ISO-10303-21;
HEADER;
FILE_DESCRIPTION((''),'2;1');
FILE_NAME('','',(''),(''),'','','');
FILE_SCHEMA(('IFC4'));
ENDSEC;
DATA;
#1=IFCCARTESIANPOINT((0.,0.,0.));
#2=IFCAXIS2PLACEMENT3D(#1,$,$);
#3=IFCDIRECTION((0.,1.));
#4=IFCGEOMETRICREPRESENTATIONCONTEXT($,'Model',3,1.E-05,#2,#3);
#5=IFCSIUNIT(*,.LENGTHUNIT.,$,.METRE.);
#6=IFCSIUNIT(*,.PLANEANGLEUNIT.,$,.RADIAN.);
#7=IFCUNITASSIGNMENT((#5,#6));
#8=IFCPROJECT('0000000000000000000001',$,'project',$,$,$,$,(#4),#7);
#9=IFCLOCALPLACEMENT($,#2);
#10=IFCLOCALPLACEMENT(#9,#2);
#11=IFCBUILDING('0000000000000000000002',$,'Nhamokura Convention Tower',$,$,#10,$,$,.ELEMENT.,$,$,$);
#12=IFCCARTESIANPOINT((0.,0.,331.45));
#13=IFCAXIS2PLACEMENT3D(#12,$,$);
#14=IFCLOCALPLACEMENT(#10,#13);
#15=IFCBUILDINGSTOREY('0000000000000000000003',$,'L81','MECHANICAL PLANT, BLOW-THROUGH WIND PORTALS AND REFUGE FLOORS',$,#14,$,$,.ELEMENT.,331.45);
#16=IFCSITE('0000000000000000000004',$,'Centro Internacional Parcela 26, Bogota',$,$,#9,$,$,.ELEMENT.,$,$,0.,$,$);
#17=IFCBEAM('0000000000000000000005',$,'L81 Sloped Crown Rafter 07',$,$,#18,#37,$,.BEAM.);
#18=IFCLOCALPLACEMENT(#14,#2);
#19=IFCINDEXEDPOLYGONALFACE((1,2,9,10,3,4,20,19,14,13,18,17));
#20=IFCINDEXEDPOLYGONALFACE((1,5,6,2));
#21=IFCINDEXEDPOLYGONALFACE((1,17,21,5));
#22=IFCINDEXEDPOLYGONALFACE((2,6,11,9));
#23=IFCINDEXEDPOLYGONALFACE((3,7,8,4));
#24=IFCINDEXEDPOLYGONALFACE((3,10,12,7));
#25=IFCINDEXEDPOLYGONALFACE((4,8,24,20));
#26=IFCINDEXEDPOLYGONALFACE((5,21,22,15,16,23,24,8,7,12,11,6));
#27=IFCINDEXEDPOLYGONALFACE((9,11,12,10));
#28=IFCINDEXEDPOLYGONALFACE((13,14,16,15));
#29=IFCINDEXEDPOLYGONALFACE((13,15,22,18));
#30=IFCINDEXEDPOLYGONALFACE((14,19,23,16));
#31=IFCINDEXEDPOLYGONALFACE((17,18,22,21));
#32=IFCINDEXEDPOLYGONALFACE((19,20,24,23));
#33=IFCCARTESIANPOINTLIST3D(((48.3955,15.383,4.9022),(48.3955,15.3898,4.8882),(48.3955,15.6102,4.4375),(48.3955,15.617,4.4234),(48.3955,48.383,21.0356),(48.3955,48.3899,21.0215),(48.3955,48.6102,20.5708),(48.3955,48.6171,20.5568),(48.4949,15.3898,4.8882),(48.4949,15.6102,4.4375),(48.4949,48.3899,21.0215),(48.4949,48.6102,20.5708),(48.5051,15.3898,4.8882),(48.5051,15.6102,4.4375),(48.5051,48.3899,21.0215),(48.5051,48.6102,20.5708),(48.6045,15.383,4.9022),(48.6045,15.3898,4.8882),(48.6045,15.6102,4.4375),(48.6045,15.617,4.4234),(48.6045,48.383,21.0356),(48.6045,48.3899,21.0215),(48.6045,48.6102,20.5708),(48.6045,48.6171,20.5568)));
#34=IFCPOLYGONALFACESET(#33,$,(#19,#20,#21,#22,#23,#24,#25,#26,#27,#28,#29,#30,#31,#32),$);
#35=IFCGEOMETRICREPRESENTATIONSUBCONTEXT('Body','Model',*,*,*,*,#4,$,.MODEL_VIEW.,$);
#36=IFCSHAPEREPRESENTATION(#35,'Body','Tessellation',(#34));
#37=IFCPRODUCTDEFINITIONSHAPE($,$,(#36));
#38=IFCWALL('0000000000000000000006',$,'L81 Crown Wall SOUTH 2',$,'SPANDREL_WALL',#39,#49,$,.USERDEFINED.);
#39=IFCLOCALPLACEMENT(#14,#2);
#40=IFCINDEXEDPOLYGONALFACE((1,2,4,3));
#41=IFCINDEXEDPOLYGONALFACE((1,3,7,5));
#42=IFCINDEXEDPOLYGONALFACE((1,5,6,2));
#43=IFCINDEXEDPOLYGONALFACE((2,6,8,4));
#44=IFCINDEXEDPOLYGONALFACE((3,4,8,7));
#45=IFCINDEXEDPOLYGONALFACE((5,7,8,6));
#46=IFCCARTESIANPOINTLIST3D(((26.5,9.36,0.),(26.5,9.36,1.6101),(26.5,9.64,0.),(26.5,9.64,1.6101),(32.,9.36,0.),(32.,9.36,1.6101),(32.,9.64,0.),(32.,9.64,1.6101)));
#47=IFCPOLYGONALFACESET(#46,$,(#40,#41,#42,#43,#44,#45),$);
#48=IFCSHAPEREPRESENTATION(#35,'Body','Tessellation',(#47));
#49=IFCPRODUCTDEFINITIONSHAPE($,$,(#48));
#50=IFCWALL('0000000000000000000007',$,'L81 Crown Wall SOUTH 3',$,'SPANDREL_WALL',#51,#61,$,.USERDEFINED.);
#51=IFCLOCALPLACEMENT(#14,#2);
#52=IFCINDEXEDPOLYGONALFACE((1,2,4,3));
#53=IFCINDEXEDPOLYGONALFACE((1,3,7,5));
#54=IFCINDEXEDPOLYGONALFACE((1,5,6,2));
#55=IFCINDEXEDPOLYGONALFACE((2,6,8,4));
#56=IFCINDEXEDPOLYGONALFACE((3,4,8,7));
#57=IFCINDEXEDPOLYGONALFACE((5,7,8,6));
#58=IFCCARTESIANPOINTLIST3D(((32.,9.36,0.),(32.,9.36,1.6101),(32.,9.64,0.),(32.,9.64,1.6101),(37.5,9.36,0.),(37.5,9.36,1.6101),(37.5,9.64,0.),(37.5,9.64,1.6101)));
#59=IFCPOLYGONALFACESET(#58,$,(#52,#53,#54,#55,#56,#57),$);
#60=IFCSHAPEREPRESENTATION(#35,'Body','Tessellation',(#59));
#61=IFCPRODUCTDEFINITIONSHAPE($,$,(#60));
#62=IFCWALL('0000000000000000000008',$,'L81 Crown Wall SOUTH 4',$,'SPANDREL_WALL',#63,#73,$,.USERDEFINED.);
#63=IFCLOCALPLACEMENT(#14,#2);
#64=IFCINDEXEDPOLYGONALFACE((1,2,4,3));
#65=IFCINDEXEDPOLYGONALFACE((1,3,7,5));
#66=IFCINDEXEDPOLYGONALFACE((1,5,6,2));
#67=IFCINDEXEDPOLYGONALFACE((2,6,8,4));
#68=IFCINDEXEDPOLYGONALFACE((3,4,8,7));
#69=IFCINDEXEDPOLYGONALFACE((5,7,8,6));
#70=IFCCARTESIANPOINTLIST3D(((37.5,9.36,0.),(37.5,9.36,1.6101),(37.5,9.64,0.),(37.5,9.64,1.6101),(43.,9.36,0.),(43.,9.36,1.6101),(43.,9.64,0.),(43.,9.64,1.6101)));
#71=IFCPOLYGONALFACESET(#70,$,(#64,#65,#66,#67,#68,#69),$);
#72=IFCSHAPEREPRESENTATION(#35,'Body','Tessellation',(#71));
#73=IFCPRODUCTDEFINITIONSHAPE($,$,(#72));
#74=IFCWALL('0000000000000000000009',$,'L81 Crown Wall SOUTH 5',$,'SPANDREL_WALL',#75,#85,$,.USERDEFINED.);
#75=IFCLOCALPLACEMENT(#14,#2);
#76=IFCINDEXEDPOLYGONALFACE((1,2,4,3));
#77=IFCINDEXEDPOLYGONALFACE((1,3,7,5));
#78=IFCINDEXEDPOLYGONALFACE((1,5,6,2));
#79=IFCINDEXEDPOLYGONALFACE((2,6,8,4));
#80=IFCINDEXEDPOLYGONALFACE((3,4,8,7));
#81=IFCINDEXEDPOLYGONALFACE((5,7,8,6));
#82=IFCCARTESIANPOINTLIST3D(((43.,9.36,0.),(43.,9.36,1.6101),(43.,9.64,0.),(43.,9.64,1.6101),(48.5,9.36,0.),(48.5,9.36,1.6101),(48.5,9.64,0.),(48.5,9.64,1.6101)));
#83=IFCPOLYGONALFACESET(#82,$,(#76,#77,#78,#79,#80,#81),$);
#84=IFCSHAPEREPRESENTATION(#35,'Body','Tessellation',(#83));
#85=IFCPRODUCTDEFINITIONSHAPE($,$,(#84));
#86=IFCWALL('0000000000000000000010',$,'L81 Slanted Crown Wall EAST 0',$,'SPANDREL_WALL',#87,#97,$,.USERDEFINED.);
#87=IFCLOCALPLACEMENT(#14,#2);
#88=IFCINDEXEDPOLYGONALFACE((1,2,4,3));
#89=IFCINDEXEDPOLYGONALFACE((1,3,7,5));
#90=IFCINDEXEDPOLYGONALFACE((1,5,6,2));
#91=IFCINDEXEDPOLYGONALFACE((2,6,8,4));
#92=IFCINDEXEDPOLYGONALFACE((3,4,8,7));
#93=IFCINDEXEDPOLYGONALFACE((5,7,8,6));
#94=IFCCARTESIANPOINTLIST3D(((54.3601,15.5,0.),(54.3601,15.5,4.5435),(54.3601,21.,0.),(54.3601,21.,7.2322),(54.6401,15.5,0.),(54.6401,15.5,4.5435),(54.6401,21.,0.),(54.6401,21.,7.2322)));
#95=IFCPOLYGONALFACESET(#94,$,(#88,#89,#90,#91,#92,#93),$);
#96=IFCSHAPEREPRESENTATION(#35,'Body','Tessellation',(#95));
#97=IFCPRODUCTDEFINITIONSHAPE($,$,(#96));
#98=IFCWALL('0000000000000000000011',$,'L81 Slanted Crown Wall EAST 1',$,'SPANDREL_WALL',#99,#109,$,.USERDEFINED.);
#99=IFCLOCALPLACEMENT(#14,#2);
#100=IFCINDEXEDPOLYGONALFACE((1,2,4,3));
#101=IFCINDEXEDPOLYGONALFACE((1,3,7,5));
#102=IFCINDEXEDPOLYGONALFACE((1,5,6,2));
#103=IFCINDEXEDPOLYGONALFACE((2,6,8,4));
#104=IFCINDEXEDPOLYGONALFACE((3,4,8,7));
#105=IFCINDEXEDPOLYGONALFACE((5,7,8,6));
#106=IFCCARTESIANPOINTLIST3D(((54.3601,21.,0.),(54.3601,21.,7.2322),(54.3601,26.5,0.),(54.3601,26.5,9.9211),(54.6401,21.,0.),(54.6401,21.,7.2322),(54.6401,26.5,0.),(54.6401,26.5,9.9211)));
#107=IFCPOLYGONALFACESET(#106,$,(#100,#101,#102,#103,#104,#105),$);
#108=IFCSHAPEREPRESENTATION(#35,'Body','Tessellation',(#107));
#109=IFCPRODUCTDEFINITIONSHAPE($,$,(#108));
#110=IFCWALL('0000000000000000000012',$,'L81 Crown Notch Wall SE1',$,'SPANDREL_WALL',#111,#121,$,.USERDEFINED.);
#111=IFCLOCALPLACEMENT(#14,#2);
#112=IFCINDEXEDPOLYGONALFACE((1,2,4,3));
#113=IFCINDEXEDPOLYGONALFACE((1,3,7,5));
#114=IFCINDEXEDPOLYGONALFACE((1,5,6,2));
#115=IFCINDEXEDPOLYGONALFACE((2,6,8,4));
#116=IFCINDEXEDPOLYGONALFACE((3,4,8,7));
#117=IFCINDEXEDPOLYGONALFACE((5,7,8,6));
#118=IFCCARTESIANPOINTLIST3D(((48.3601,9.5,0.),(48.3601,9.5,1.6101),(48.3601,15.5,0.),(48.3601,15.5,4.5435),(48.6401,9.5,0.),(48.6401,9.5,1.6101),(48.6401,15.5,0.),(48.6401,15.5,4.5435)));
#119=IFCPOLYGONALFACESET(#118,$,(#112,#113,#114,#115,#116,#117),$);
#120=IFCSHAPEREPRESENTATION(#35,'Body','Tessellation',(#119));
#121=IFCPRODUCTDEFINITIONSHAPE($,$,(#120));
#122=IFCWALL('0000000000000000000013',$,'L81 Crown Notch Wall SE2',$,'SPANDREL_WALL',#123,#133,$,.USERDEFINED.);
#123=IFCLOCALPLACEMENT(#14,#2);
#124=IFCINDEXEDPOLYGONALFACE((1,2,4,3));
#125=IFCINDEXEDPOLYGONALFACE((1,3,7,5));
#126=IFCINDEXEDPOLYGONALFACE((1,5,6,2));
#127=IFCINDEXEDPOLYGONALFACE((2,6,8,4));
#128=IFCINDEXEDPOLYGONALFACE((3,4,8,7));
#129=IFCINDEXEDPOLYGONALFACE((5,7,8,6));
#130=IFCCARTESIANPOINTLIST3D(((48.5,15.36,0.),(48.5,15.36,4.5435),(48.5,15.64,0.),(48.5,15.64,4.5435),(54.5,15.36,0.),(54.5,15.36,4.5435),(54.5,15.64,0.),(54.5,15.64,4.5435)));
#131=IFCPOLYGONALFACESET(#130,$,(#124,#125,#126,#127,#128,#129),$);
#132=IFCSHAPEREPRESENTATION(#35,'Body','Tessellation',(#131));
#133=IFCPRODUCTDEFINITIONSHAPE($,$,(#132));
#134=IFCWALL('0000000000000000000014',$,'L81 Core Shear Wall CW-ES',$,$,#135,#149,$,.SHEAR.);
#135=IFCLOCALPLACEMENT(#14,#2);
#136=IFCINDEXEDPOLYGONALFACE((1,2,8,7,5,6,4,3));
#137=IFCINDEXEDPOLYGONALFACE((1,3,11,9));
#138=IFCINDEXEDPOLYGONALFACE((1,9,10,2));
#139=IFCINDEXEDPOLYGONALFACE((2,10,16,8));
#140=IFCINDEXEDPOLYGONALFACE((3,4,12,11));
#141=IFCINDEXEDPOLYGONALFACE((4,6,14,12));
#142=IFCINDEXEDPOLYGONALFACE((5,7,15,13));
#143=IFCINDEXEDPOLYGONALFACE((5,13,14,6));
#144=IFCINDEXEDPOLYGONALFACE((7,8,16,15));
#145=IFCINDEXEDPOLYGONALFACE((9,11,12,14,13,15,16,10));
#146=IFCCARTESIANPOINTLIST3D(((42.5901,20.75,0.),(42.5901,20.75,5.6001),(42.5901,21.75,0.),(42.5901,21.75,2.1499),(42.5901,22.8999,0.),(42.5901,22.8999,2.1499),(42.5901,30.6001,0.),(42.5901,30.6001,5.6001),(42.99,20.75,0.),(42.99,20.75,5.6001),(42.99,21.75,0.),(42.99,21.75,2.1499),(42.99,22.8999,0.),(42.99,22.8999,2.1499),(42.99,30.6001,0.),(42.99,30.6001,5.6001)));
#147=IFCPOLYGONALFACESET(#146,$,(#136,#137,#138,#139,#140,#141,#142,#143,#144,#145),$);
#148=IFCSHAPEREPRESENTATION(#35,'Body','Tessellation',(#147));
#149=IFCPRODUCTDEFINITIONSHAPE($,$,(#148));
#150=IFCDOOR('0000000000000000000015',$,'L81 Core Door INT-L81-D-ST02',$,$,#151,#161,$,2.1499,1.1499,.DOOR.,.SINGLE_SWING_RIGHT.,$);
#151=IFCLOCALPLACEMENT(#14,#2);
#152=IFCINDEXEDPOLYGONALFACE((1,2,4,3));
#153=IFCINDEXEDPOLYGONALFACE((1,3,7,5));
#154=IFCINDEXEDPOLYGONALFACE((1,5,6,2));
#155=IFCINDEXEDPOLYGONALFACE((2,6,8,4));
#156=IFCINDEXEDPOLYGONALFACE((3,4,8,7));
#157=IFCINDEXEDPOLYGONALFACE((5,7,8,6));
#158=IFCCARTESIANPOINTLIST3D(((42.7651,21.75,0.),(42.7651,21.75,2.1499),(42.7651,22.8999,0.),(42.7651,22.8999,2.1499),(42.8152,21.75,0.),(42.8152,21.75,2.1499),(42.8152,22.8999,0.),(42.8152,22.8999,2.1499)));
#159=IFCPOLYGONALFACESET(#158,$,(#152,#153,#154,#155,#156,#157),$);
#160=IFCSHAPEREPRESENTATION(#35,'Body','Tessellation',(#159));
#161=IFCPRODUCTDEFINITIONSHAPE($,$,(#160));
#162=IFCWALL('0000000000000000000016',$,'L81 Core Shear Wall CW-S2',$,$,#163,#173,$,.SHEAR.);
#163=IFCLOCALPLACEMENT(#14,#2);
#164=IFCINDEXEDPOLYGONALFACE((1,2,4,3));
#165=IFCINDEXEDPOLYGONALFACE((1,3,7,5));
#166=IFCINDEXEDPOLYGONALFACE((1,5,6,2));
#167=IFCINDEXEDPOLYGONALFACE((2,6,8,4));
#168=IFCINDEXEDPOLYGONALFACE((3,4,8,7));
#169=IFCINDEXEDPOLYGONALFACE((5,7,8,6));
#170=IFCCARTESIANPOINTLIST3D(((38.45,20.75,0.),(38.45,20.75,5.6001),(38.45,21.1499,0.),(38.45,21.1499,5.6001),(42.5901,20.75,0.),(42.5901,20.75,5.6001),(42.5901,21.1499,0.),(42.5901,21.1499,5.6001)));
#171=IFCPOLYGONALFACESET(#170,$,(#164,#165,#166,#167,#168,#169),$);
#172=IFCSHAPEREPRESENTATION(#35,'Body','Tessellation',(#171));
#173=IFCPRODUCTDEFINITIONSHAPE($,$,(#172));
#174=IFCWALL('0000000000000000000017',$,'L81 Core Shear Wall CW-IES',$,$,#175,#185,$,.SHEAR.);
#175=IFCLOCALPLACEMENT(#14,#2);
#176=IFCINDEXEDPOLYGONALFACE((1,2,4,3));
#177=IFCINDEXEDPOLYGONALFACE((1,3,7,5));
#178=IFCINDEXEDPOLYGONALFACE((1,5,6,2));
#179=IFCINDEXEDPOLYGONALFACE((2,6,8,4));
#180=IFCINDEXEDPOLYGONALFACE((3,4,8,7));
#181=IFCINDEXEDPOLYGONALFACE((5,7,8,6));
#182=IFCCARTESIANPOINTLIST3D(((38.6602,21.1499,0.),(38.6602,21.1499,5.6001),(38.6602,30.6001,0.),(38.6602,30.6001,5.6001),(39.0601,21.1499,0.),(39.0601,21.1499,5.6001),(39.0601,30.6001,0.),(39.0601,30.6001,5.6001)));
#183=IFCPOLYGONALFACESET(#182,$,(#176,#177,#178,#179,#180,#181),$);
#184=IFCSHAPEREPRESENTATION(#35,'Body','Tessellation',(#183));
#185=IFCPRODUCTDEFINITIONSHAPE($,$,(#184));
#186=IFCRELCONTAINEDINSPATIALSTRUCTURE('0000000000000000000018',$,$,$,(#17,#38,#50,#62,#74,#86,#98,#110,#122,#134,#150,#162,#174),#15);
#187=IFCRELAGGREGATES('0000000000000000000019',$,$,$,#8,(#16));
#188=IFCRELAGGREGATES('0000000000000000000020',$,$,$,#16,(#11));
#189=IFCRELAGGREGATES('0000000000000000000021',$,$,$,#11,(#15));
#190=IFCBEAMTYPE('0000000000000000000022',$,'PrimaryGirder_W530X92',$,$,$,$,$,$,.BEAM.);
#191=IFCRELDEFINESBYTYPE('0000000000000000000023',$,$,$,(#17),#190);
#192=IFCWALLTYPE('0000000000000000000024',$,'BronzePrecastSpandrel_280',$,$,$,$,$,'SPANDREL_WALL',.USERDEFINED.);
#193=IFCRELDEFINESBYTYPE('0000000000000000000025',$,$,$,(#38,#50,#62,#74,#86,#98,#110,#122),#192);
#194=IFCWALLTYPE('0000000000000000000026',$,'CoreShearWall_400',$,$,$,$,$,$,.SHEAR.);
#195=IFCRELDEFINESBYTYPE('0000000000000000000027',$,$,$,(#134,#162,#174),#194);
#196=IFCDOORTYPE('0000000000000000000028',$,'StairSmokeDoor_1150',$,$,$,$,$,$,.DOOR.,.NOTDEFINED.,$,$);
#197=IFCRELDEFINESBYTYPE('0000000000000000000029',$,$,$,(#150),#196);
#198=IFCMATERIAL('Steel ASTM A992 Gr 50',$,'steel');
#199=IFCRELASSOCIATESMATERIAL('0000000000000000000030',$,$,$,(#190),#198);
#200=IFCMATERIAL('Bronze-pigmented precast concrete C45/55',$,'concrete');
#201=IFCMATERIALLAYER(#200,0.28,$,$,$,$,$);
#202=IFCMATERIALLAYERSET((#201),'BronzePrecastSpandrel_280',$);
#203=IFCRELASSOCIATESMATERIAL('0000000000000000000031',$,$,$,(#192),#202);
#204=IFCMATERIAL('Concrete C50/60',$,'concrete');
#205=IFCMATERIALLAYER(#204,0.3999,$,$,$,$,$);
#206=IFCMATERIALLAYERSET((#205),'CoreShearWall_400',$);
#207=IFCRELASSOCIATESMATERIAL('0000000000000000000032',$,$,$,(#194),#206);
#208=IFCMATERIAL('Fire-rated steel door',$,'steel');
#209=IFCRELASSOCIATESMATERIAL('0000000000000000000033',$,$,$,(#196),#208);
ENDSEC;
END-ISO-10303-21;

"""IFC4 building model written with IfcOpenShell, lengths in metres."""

from ifc_helpers import new_model, si_unit, direction, frame, frame_2d, origin, origin_2d, place, context, subcontext, project, spatial, polyline, rectangle, i_section, outline, extrude, material, layer, layer_set, material_profile, profile_set, type_object, element, fill, save


model = new_model("IFC4")

# Units and contexts
model_context = context("Model", 3, precision=1e-05, world=origin(), true_north=direction((0.0, 1.0)))
body_context = subcontext(model_context, "Body", "Model", "MODEL_VIEW")
ifc_project = project(units=[si_unit("LENGTHUNIT", "METRE"), si_unit("PLANEANGLEUNIT", "RADIAN")], contexts=[model_context])

# Site, building, storey
site_placement = place(None, origin())
site = spatial("IfcSite", under=ifc_project, at=site_placement, Name="Centro Internacional Parcela 26, Bogota", CompositionType="ELEMENT", RefElevation=0.0)
building_placement = place(site_placement, origin())
building = spatial("IfcBuilding", under=site, at=building_placement, Name="Nhamokura Convention Tower", CompositionType="ELEMENT")
storey_placement = place(building_placement, frame((0.0, 0.0, 331.45)))
storey = spatial("IfcBuildingStorey", under=building, at=storey_placement, Name="L81", Description="MECHANICAL PLANT, BLOW-THROUGH WIND PORTALS AND REFUGE FLOORS", CompositionType="ELEMENT", Elevation=331.45)

# Beam
ifc_material_1 = material(Name="Steel ASTM A992 Gr 50", Category="steel")
ifc_material_profile_1 = material_profile(ifc_material_1, i_section(OverallWidth=0.209, OverallDepth=0.533, WebThickness=0.0103, FlangeThickness=0.0156, at=origin_2d()))
ifc_profile_set_1 = profile_set([ifc_material_profile_1], Name="Steel ASTM A992 Gr 50")
beam_type = type_object("IfcBeamType", Name="PrimaryGirder_W530X92", PredefinedType="BEAM", material=ifc_profile_set_1)
beam_placement = place(storey_placement, frame((48.5, 15.5, 4.6628), z_axis=(0.0, 0.898385, 0.439209), x_axis=(-1.0, 0.0, 0.0)))
element("IfcBeam", 1, at=beam_placement, inside=storey, type_object=beam_type, Name="L81 Sloped Crown Rafter 07", PredefinedType="BEAM", context=body_context, shape_type="SweptSolid", body=[
    extrude(i_section(OverallWidth=0.209, OverallDepth=0.533, WebThickness=0.0103, FlangeThickness=0.0156, at=origin_2d()), origin(), (0.0, 0.0, 1.0), 36.7327),
])

# Walls
ifc_material_2 = material(Name="Bronze-pigmented precast concrete C45/55", Category="concrete")
ifc_layer_1 = layer(ifc_material_2, 0.28)
ifc_layer_set_1 = layer_set([ifc_layer_1], Name="BronzePrecastSpandrel_280")
wall_type_1 = type_object("IfcWallType", Name="BronzePrecastSpandrel_280", ElementType="SPANDREL_WALL", PredefinedType="USERDEFINED", material=ifc_layer_set_1)
for number, where, z_axis, x_axis, name in (
    (2, (32.0, 9.5, 0.0), (0.0, 0.0, 1.0), (-1.0, 0.0, 0.0), "L81 Crown Wall SOUTH 2"),
    (3, (37.5, 9.5, 0.0), (0.0, 0.0, 1.0), (-1.0, 0.0, 0.0), "L81 Crown Wall SOUTH 3"),
    (4, (43.0, 9.5, 0.0), (0.0, 0.0, 1.0), (-1.0, 0.0, 0.0), "L81 Crown Wall SOUTH 4"),
    (5, (48.5, 9.5, 0.0), (0.0, 0.0, 1.0), (-1.0, 0.0, 0.0), "L81 Crown Wall SOUTH 5"),
):
    element("IfcWall", number, at=place(storey_placement, frame(where, z_axis=z_axis, x_axis=x_axis)), inside=storey, type_object=wall_type_1, Name=name, ObjectType="SPANDREL_WALL", PredefinedType="USERDEFINED", context=body_context, shape_type="SweptSolid", body=[
        extrude(rectangle(XDim=5.5, YDim=0.28, at=frame_2d((2.75, 0.0))), origin(), (0.0, 0.0, 1.0), 1.6101),
    ])
wall_1_placement = place(storey_placement, frame((54.5, 21.0, 0.0), z_axis=(0.0, 0.0, 1.0), x_axis=(0.0, -1.0, 0.0)))
element("IfcWall", 6, at=wall_1_placement, inside=storey, type_object=wall_type_1, Name="L81 Slanted Crown Wall EAST 0", ObjectType="SPANDREL_WALL", PredefinedType="USERDEFINED", context=body_context, shape_type="SweptSolid", body=[
    extrude(outline(polyline([(0.0, 0.0), (5.5, 0.0), (5.5, 4.5435), (0.0, 7.2322), (0.0, 0.0)])), frame((0.0, 0.1401, 0.0), z_axis=(0.0, -1.0, 0.0), x_axis=(1.0, 0.0, 0.0)), (0.0, 0.0, 1.0), 0.28),
])
wall_2_placement = place(storey_placement, frame((54.5, 26.5, 0.0), z_axis=(0.0, 0.0, 1.0), x_axis=(0.0, -1.0, 0.0)))
element("IfcWall", 7, at=wall_2_placement, inside=storey, type_object=wall_type_1, Name="L81 Slanted Crown Wall EAST 1", ObjectType="SPANDREL_WALL", PredefinedType="USERDEFINED", context=body_context, shape_type="SweptSolid", body=[
    extrude(outline(polyline([(0.0, 0.0), (5.5, 0.0), (5.5, 7.2322), (0.0, 9.9211), (0.0, 0.0)])), frame((0.0, 0.1401, 0.0), z_axis=(0.0, -1.0, 0.0), x_axis=(1.0, 0.0, 0.0)), (0.0, 0.0, 1.0), 0.28),
])
wall_3_placement = place(storey_placement, frame((48.5, 15.5, 0.0), z_axis=(0.0, 0.0, 1.0), x_axis=(0.0, -1.0, 0.0)))
element("IfcWall", 8, at=wall_3_placement, inside=storey, type_object=wall_type_1, Name="L81 Crown Notch Wall SE1", ObjectType="SPANDREL_WALL", PredefinedType="USERDEFINED", context=body_context, shape_type="SweptSolid", body=[
    extrude(outline(polyline([(0.0, 0.0), (6.0, 0.0), (6.0, 1.6101), (0.0, 4.5435), (0.0, 0.0)])), frame((0.0, 0.1401, 0.0), z_axis=(0.0, -1.0, 0.0), x_axis=(1.0, 0.0, 0.0)), (0.0, 0.0, 1.0), 0.28),
])
wall_4_placement = place(storey_placement, frame((54.5, 15.5, 0.0), z_axis=(0.0, 0.0, 1.0), x_axis=(-1.0, 0.0, 0.0)))
element("IfcWall", 9, at=wall_4_placement, inside=storey, type_object=wall_type_1, Name="L81 Crown Notch Wall SE2", ObjectType="SPANDREL_WALL", PredefinedType="USERDEFINED", context=body_context, shape_type="SweptSolid", body=[
    extrude(rectangle(XDim=6.0, YDim=0.28, at=frame_2d((3.0, 0.0))), origin(), (0.0, 0.0, 1.0), 4.5435),
])

# Wall, opening, door
ifc_material_3 = material(Name="Concrete C50/60", Category="concrete")
ifc_layer_2 = layer(ifc_material_3, 0.3999)
ifc_layer_set_2 = layer_set([ifc_layer_2], Name="CoreShearWall_400")
wall_type_2 = type_object("IfcWallType", Name="CoreShearWall_400", PredefinedType="SHEAR", material=ifc_layer_set_2)
wall_5_placement = place(storey_placement, frame((42.79, 20.75, 0.0), z_axis=(0.0, 0.0, 1.0), x_axis=(0.0, 1.0, 0.0)))
wall_5 = element("IfcWall", 10, at=wall_5_placement, inside=storey, type_object=wall_type_2, Name="L81 Core Shear Wall CW-ES", PredefinedType="SHEAR", context=body_context, shape_type="SweptSolid", body=[
    extrude(rectangle(XDim=9.8501, YDim=0.3999, at=frame_2d((4.925, 0.0))), origin(), (0.0, 0.0, 1.0), 5.6001),
])
opening_1_placement = place(wall_5_placement, frame((1.0, 0.0, 0.0)))
opening_1 = element("IfcOpeningElement", 11, at=opening_1_placement, cuts=wall_5, PredefinedType="OPENING", context=body_context, shape_type="SweptSolid", body=[
    extrude(rectangle(XDim=1.1499, YDim=2.1499, at=frame_2d((0.575, 1.075))), frame((0.0, 0.21, 0.0), z_axis=(0.0, -1.0, 0.0), x_axis=(1.0, 0.0, 0.0)), (0.0, 0.0, 1.0), 0.4199),
])
ifc_material_4 = material(Name="Fire-rated steel door", Category="steel")
door_type_1 = type_object("IfcDoorType", Name="StairSmokeDoor_1150", OperationType="NOTDEFINED", PredefinedType="DOOR", material=ifc_material_4)
door_1_placement = place(opening_1_placement, origin())
door_1 = element("IfcDoor", 12, at=door_1_placement, inside=storey, type_object=door_type_1, Name="L81 Core Door INT-L81-D-ST02", OperationType="SINGLE_SWING_RIGHT", OverallHeight=2.1499, OverallWidth=1.1499, PredefinedType="DOOR", context=body_context, shape_type="SweptSolid", body=[
    extrude(rectangle(XDim=1.1499, YDim=2.1499, at=frame_2d((0.575, 1.075))), frame((0.0, 0.0249, 0.0), z_axis=(0.0, -1.0, 0.0), x_axis=(1.0, 0.0, 0.0)), (0.0, 0.0, 1.0), 0.05),
])
fill(opening_1, door_1)

# Walls
wall_6_placement = place(storey_placement, frame((38.45, 20.95, 0.0), z_axis=(0.0, 0.0, 1.0), x_axis=(1.0, 0.0, 0.0)))
element("IfcWall", 13, at=wall_6_placement, inside=storey, type_object=wall_type_2, Name="L81 Core Shear Wall CW-S2", PredefinedType="SHEAR", context=body_context, shape_type="SweptSolid", body=[
    extrude(rectangle(XDim=4.1401, YDim=0.3999, at=frame_2d((2.0701, 0.0))), origin(), (0.0, 0.0, 1.0), 5.6001),
])
wall_7_placement = place(storey_placement, frame((38.8601, 21.1499, 0.0), z_axis=(0.0, 0.0, 1.0), x_axis=(0.0, 1.0, 0.0)))
element("IfcWall", 14, at=wall_7_placement, inside=storey, type_object=wall_type_2, Name="L81 Core Shear Wall CW-IES", PredefinedType="SHEAR", context=body_context, shape_type="SweptSolid", body=[
    extrude(rectangle(XDim=9.4502, YDim=0.3999, at=frame_2d((4.7251, 0.0))), origin(), (0.0, 0.0, 1.0), 5.6001),
])

save(model, "model.ifc")
